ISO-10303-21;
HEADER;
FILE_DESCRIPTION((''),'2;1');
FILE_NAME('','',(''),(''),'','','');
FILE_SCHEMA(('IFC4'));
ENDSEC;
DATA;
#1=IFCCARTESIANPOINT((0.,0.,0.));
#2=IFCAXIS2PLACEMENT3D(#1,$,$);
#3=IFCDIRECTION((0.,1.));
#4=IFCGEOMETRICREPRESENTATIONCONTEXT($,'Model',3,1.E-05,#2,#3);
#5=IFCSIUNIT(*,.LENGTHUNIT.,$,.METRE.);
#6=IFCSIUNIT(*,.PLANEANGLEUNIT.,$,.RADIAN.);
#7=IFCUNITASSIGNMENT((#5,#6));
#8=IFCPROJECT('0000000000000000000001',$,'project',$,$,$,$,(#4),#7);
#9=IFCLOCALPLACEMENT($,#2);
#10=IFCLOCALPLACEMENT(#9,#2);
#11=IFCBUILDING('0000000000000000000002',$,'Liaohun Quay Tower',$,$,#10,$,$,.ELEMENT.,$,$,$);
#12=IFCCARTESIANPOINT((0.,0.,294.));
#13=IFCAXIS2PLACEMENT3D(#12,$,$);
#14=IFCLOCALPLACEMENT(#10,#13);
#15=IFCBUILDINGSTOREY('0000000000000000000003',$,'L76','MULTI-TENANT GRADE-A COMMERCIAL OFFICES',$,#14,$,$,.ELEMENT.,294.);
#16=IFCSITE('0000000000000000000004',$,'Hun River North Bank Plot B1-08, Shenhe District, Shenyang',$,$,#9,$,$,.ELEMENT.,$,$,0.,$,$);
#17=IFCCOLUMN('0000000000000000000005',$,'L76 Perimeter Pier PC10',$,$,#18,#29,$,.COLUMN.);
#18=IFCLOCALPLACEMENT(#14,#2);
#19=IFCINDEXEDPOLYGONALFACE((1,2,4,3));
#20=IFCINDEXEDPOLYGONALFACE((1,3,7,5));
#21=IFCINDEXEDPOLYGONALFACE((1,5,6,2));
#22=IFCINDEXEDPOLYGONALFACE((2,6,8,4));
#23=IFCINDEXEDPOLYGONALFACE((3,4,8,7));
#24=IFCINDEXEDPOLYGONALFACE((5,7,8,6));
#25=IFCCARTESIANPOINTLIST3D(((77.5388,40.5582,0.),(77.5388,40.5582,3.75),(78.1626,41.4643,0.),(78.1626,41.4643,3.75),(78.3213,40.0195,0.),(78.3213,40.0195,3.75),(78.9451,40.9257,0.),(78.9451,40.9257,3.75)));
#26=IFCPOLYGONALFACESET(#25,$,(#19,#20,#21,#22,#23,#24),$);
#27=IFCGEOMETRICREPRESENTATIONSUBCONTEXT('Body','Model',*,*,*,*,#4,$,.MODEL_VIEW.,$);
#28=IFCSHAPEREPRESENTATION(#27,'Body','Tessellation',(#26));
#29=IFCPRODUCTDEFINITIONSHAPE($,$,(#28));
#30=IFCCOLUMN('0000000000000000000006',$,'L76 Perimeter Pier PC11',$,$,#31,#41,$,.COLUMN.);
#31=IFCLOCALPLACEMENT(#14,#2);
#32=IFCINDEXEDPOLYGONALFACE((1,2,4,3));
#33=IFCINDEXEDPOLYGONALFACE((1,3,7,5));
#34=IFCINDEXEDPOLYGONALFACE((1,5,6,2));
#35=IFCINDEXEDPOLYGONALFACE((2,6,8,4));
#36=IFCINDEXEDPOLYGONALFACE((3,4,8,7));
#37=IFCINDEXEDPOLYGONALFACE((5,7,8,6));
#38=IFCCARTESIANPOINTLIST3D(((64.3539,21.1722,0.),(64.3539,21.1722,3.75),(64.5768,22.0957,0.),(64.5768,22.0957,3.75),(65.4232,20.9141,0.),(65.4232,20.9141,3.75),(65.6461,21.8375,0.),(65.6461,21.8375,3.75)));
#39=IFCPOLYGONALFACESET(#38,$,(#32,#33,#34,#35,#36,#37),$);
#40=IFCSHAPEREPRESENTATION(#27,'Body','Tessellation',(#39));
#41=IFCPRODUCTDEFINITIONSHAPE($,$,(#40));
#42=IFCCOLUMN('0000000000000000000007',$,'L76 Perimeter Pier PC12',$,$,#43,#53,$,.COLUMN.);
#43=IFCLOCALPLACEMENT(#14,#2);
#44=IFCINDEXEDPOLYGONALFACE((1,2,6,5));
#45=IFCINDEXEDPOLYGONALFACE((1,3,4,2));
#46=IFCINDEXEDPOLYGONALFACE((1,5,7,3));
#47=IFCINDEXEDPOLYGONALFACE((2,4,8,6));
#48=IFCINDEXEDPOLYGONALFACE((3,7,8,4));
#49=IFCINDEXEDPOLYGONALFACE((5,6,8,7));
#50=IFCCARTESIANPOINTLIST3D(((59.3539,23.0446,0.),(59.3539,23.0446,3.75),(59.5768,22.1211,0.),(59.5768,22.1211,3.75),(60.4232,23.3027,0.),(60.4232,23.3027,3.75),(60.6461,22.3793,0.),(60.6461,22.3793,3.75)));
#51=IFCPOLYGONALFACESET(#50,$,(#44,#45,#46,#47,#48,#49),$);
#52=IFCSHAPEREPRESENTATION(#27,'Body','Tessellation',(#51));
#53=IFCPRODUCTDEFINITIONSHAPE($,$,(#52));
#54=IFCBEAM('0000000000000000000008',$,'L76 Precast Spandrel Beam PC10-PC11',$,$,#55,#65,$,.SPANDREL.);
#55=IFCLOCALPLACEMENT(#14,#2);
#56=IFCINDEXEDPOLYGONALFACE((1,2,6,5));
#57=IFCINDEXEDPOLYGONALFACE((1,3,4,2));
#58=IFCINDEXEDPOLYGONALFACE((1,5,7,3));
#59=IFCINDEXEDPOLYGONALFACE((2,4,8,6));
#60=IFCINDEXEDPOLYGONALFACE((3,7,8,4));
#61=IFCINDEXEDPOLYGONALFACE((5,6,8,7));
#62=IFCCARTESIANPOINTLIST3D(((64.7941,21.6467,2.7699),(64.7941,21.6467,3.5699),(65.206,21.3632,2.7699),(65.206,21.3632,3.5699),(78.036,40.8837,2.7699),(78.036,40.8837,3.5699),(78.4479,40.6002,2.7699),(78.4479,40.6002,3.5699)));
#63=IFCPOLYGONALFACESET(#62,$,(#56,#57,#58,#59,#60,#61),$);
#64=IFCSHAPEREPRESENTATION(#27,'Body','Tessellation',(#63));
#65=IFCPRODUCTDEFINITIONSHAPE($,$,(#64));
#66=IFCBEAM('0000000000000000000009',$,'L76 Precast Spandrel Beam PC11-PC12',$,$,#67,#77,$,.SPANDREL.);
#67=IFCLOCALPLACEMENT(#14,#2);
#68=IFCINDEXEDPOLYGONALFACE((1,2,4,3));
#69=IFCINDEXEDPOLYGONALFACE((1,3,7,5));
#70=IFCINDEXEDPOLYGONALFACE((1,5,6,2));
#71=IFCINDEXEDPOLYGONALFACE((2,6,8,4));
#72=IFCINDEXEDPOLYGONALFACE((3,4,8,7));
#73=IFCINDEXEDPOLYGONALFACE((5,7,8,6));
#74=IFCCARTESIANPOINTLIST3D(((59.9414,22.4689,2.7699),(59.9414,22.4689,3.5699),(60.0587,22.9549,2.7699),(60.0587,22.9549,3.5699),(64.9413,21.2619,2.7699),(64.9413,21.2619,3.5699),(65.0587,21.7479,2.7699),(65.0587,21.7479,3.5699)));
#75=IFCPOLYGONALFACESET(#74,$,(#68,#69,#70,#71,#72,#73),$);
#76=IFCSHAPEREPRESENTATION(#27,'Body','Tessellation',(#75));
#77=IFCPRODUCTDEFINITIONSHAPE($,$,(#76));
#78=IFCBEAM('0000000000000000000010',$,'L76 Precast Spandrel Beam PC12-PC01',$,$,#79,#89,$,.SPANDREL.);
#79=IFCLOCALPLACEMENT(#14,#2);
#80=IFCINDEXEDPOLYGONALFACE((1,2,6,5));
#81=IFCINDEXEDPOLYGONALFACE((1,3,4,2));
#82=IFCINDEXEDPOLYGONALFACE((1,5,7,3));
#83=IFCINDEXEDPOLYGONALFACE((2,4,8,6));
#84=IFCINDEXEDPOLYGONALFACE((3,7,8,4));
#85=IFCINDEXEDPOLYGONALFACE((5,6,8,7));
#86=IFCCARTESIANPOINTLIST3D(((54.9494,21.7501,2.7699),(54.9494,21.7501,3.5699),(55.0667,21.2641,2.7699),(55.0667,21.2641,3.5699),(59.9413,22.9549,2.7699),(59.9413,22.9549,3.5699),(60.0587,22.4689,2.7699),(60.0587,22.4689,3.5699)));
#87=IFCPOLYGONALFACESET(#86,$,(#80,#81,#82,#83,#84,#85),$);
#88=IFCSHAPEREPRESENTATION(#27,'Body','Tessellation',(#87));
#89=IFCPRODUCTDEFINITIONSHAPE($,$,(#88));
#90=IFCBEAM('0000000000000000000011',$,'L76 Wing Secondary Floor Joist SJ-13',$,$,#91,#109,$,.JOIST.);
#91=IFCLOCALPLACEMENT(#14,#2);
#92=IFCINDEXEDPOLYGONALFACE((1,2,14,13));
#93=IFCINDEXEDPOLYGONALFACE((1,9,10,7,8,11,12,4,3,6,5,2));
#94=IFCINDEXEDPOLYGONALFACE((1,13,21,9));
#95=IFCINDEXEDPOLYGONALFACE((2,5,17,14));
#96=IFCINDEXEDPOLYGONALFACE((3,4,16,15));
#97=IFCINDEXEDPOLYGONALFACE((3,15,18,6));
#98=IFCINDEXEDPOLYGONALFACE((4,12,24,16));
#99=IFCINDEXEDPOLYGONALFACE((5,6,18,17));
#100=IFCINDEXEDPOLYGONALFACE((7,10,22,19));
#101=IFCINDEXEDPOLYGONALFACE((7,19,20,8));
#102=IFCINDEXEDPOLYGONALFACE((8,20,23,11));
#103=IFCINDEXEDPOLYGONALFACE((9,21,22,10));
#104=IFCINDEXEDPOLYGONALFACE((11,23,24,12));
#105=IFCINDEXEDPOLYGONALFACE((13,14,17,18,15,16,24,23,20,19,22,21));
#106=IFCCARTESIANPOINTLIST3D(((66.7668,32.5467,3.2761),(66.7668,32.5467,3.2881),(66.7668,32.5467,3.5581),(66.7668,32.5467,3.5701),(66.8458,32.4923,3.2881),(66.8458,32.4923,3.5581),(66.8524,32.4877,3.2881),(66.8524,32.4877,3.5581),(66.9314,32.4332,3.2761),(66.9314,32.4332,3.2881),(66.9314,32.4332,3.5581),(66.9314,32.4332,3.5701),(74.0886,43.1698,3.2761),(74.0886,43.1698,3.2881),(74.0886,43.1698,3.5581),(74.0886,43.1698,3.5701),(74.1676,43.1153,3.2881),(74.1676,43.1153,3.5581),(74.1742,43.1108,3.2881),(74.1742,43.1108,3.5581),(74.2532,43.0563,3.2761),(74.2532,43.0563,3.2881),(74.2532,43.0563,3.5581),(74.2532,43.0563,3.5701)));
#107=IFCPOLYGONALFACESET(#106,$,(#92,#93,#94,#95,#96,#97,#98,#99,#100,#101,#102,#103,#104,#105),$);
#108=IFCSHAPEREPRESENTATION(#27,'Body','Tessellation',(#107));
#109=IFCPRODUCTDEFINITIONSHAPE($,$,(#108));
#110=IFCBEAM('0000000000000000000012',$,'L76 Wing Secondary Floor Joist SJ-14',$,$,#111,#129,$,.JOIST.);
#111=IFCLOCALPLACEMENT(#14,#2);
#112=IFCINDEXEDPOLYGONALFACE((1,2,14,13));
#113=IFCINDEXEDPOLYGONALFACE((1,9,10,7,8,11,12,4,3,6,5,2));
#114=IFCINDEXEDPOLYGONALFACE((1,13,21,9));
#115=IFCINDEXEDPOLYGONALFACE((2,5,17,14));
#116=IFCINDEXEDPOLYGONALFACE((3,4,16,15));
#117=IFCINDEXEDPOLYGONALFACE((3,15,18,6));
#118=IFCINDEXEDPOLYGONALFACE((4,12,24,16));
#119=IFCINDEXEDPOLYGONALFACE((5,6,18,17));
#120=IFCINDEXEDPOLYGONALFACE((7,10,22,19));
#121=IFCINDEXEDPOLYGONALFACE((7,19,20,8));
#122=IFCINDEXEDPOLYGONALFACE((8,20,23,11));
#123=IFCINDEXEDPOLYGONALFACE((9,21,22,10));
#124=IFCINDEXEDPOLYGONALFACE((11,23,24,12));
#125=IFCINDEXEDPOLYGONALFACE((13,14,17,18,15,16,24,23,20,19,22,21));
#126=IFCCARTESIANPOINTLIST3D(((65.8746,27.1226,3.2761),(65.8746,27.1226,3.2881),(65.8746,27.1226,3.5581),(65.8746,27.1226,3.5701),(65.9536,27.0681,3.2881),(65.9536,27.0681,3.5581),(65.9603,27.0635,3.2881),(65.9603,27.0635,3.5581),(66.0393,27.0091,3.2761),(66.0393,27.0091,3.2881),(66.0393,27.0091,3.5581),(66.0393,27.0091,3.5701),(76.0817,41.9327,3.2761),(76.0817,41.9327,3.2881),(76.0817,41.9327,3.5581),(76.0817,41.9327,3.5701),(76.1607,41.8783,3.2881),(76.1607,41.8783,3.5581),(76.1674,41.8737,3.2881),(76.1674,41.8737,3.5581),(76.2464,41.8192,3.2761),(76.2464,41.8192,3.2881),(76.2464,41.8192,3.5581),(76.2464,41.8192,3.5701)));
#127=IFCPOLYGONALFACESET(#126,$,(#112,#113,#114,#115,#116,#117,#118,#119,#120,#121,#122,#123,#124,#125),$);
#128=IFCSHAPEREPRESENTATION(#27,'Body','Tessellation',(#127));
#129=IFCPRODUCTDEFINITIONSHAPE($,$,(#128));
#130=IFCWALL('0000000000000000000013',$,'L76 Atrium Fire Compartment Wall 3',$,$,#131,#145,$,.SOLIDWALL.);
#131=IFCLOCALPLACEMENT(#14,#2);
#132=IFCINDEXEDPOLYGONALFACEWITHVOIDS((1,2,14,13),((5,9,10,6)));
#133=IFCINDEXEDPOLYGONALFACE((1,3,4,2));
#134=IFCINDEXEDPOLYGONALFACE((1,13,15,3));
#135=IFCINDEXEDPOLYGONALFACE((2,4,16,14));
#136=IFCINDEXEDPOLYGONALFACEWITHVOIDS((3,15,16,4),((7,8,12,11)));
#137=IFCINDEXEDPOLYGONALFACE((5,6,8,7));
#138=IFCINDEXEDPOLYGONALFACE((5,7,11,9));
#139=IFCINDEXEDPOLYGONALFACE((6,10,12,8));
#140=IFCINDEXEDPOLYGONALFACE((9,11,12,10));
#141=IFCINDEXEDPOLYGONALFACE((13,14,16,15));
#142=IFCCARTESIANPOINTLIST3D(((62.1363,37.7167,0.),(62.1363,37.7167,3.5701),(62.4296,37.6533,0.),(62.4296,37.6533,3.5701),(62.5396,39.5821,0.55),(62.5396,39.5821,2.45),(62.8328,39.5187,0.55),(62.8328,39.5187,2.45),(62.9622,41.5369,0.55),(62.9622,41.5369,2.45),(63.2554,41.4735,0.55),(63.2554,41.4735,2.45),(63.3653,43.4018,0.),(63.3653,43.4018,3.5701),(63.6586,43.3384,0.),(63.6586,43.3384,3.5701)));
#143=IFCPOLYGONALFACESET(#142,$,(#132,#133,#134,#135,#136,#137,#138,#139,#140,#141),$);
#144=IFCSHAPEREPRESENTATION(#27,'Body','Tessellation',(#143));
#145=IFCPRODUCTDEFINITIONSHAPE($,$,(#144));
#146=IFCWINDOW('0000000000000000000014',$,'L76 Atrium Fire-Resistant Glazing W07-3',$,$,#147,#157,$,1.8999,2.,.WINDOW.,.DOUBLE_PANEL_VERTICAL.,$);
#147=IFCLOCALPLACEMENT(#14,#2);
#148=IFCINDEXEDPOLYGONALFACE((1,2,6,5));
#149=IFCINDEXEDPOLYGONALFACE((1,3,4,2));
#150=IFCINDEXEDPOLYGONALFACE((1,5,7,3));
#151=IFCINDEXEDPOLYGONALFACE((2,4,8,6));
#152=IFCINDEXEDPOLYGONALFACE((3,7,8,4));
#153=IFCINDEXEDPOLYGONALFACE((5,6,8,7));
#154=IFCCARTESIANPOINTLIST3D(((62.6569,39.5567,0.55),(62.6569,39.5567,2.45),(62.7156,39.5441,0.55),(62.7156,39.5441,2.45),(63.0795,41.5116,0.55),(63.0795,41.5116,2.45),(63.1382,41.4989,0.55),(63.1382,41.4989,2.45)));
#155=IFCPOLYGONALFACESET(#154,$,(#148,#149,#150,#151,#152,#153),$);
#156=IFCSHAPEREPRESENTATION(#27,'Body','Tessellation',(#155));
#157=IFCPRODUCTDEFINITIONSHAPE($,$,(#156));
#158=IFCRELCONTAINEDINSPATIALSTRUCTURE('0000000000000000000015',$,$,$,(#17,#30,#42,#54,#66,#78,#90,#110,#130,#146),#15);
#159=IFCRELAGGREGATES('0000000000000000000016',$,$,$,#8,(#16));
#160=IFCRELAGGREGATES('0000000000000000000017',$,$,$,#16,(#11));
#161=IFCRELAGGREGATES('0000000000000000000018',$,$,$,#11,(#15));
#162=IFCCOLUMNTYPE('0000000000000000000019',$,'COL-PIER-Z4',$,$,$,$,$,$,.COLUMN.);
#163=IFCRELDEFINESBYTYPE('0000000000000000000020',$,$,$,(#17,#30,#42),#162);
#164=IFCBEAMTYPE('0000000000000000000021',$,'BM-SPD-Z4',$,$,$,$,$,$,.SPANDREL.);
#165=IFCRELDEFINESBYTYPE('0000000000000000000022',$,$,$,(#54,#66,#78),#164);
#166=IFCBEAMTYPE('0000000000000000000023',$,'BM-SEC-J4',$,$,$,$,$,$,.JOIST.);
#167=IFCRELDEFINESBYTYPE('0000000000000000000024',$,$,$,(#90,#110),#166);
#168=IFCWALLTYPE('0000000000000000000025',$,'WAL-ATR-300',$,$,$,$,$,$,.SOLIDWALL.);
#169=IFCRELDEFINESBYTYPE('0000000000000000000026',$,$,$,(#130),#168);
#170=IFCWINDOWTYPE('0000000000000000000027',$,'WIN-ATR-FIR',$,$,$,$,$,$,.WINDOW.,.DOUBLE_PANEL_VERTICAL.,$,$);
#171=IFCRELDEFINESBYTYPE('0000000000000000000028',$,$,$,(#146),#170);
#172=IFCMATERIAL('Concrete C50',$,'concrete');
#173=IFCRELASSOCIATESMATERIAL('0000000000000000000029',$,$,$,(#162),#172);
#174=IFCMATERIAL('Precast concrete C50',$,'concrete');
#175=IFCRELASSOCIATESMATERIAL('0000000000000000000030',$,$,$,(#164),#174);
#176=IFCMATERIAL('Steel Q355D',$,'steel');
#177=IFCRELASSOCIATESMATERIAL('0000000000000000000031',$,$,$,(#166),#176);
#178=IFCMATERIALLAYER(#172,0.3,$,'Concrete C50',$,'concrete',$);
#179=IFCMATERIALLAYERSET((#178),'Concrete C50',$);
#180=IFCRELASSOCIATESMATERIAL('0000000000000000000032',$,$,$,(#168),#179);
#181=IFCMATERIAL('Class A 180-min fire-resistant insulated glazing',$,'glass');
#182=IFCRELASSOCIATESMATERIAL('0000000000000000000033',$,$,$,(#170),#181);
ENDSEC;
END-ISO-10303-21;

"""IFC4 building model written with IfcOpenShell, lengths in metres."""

from ifc_helpers import new_model, si_unit, direction, frame, frame_2d, origin, origin_2d, place, context, subcontext, project, spatial, rectangle, i_section, extrude, source, transform, mapped, material, layer, layer_set, material_profile, profile_set, type_object, element, fill, save


model = new_model("IFC4")

# Units and contexts
model_context = context("Model", 3, precision=1e-05, world=origin(), true_north=direction((0.0, 1.0)))
body_context = subcontext(model_context, "Body", "Model", "MODEL_VIEW")
ifc_project = project(units=[si_unit("LENGTHUNIT", "METRE"), si_unit("PLANEANGLEUNIT", "RADIAN")], contexts=[model_context])

# Site, building, storey
site_placement = place(None, origin())
site = spatial("IfcSite", under=ifc_project, at=site_placement, Name="Hun River North Bank Plot B1-08, Shenhe District, Shenyang", CompositionType="ELEMENT", RefElevation=0.0)
building_placement = place(site_placement, origin())
building = spatial("IfcBuilding", under=site, at=building_placement, Name="Liaohun Quay Tower", CompositionType="ELEMENT")
storey_placement = place(building_placement, frame((0.0, 0.0, 294.0)))
storey = spatial("IfcBuildingStorey", under=building, at=storey_placement, Name="L76", Description="MULTI-TENANT GRADE-A COMMERCIAL OFFICES", CompositionType="ELEMENT", Elevation=294.0)

# Columns
ifc_material_1 = material(Name="Concrete C50", Category="concrete")
ifc_material_profile_1 = material_profile(ifc_material_1, rectangle(XDim=1.1001, YDim=0.95, at=origin_2d()), Name="RC1100x950")
ifc_profile_set_1 = profile_set([ifc_material_profile_1], Name="Concrete C50")
column_type = type_object("IfcColumnType", Name="COL-PIER-Z4", PredefinedType="COLUMN", material=ifc_profile_set_1)
shared_shape_1 = source(origin(), body_context, "Body", "SweptSolid", [
    extrude(rectangle(XDim=1.1001, YDim=0.95, at=origin_2d()), origin(), (0.0, 0.0, 1.0), 3.75),
])
for number, where, z_axis, x_axis, name in (
    (1, (78.2419, 40.7419, 0.0), (0.0, 0.0, 1.0), (0.566981, 0.823731, 0.0), "L76 Perimeter Pier PC10"),
    (2, (65.0, 21.5049, 0.0), (0.0, 0.0, 1.0), (-0.972084, 0.234633, 0.0), "L76 Perimeter Pier PC11"),
    (3, (60.0, 22.7119, 0.0), (0.0, 0.0, 1.0), (0.972084, 0.234633, 0.0), "L76 Perimeter Pier PC12"),
):
    element("IfcColumn", number, at=place(storey_placement, frame(where, z_axis=z_axis, x_axis=x_axis)), inside=storey, type_object=column_type, Name=name, PredefinedType="COLUMN", context=body_context, shape_type="MappedRepresentation", body=[
        mapped(shared_shape_1, transform((0.0, 0.0, 0.0), x_axis=(1.0, 0.0, 0.0), y_axis=(0.0, 1.0, 0.0), z_axis=(0.0, 0.0, 1.0), scale=1.0)),
    ])

# Beams
ifc_material_2 = material(Name="Precast concrete C50", Category="concrete")
ifc_material_profile_2 = material_profile(ifc_material_2, rectangle(XDim=0.5, YDim=0.8, at=origin_2d()), Name="RC500x800")
ifc_profile_set_2 = profile_set([ifc_material_profile_2], Name="Precast concrete C50")
beam_type_1 = type_object("IfcBeamType", Name="BM-SPD-Z4", PredefinedType="SPANDREL", material=ifc_profile_set_2)
shared_shape_2 = source(origin(), body_context, "Body", "SweptSolid", [
    extrude(rectangle(XDim=0.5, YDim=0.8, at=origin_2d()), origin(), (0.0, 0.0, 1.0), 23.354),
])
beam_1_placement = place(storey_placement, frame((78.2419, 40.7419, 3.1699), z_axis=(-0.567007, -0.823713, 0.0), x_axis=(0.823713, -0.567007, 0.0)))
element("IfcBeam", 4, at=beam_1_placement, inside=storey, type_object=beam_type_1, Name="L76 Precast Spandrel Beam PC10-PC11", PredefinedType="SPANDREL", context=body_context, shape_type="MappedRepresentation", body=[
    mapped(shared_shape_2, transform((0.0, 0.0, 0.0), x_axis=(1.0, 0.0, 0.0), y_axis=(0.0, 1.0, 0.0), z_axis=(0.0, 0.0, 1.0), scale=1.0)),
])
shared_shape_3 = source(origin(), body_context, "Body", "SweptSolid", [
    extrude(rectangle(XDim=0.5, YDim=0.8, at=origin_2d()), origin(), (0.0, 0.0, 1.0), 5.1436),
])
beam_2_placement = place(storey_placement, frame((65.0, 21.5049, 3.1699), z_axis=(-0.972076, 0.234665, 0.0), x_axis=(-0.234665, -0.972076, 0.0)))
element("IfcBeam", 5, at=beam_2_placement, inside=storey, type_object=beam_type_1, Name="L76 Precast Spandrel Beam PC11-PC12", PredefinedType="SPANDREL", context=body_context, shape_type="MappedRepresentation", body=[
    mapped(shared_shape_3, transform((0.0, 0.0, 0.0), x_axis=(1.0, 0.0, 0.0), y_axis=(0.0, 1.0, 0.0), z_axis=(0.0, 0.0, 1.0), scale=1.0)),
])
shared_shape_4 = source(origin(), body_context, "Body", "SweptSolid", [
    extrude(rectangle(XDim=0.5, YDim=0.8, at=origin_2d()), origin(), (0.0, 0.0, 1.0), 5.1353),
])
beam_3_placement = place(storey_placement, frame((60.0, 22.7119, 3.1699), z_axis=(-0.972087, -0.234619, 0.0), x_axis=(0.234619, -0.972087, 0.0)))
element("IfcBeam", 6, at=beam_3_placement, inside=storey, type_object=beam_type_1, Name="L76 Precast Spandrel Beam PC12-PC01", PredefinedType="SPANDREL", context=body_context, shape_type="MappedRepresentation", body=[
    mapped(shared_shape_4, transform((0.0, 0.0, 0.0), x_axis=(1.0, 0.0, 0.0), y_axis=(0.0, 1.0, 0.0), z_axis=(0.0, 0.0, 1.0), scale=1.0)),
])
ifc_material_3 = material(Name="Steel Q355D", Category="steel")
ifc_material_profile_3 = material_profile(ifc_material_3, i_section(OverallWidth=0.2, OverallDepth=0.2939, WebThickness=0.0081, FlangeThickness=0.012, at=origin_2d()), Name="HM294x200x8x12")
ifc_profile_set_3 = profile_set([ifc_material_profile_3], Name="Steel Q355D")
beam_type_2 = type_object("IfcBeamType", Name="BM-SEC-J4", PredefinedType="JOIST", material=ifc_profile_set_3)
shared_shape_5 = source(origin(), body_context, "Body", "SweptSolid", [
    extrude(i_section(OverallWidth=0.2, OverallDepth=0.2939, WebThickness=0.0081, FlangeThickness=0.012, at=origin_2d()), origin(), (0.0, 0.0, 1.0), 12.9019),
])
beam_4_placement = place(storey_placement, frame((74.1709, 43.113, 3.4231), z_axis=(-0.567499, -0.823374, 0.0), x_axis=(0.823374, -0.567499, 0.0)))
element("IfcBeam", 7, at=beam_4_placement, inside=storey, type_object=beam_type_2, Name="L76 Wing Secondary Floor Joist SJ-13", PredefinedType="JOIST", context=body_context, shape_type="MappedRepresentation", body=[
    mapped(shared_shape_5, transform((0.0, 0.0, 0.0), x_axis=(1.0, 0.0, 0.0), y_axis=(0.0, 1.0, 0.0), z_axis=(0.0, 0.0, 1.0), scale=1.0)),
])
shared_shape_6 = source(origin(), body_context, "Body", "SweptSolid", [
    extrude(i_section(OverallWidth=0.2, OverallDepth=0.2939, WebThickness=0.0081, FlangeThickness=0.012, at=origin_2d()), origin(), (0.0, 0.0, 1.0), 17.9868),
])
beam_5_placement = place(storey_placement, frame((76.1641, 41.876, 3.4231), z_axis=(-0.567477, -0.823389, 0.0), x_axis=(0.823389, -0.567477, 0.0)))
element("IfcBeam", 8, at=beam_5_placement, inside=storey, type_object=beam_type_2, Name="L76 Wing Secondary Floor Joist SJ-14", PredefinedType="JOIST", context=body_context, shape_type="MappedRepresentation", body=[
    mapped(shared_shape_6, transform((0.0, 0.0, 0.0), x_axis=(1.0, 0.0, 0.0), y_axis=(0.0, 1.0, 0.0), z_axis=(0.0, 0.0, 1.0), scale=1.0)),
])

# Wall, opening, window
ifc_layer_1 = layer(ifc_material_1, 0.3, Name="Concrete C50", Category="concrete")
ifc_layer_set_1 = layer_set([ifc_layer_1], Name="Concrete C50")
wall_type_1 = type_object("IfcWallType", Name="WAL-ATR-300", PredefinedType="SOLIDWALL", material=ifc_layer_set_1)
wall_1_placement = place(storey_placement, frame((63.512, 43.3701, 0.0), z_axis=(0.0, 0.0, 1.0), x_axis=(-0.2113, -0.977421, 0.0)))
wall_1 = element("IfcWall", 9, at=wall_1_placement, inside=storey, type_object=wall_type_1, Name="L76 Atrium Fire Compartment Wall 3", PredefinedType="SOLIDWALL", context=body_context, shape_type="SweptSolid", body=[
    extrude(rectangle(XDim=5.8164, YDim=0.3, at=frame_2d((2.9082, 0.0))), origin(), (0.0, 0.0, 1.0), 3.5701),
])
shared_shape_7 = source(origin(), body_context, "Body", "SweptSolid", [
    extrude(rectangle(XDim=2.0, YDim=1.8999, at=frame_2d((1.0, 0.95))), frame((0.0, 0.1599, 0.0), z_axis=(0.0, -1.0, 0.0), x_axis=(1.0, 0.0, 0.0)), (0.0, 0.0, 1.0), 0.3201),
])
opening_1_placement = place(wall_1_placement, frame((1.908, 0.0, 0.55)))
opening_1 = element("IfcOpeningElement", 10, at=opening_1_placement, cuts=wall_1, PredefinedType="OPENING", context=body_context, shape_type="MappedRepresentation", body=[
    mapped(shared_shape_7, transform((0.0, 0.0, 0.0), x_axis=(1.0, 0.0, 0.0), y_axis=(0.0, 1.0, 0.0), z_axis=(0.0, 0.0, 1.0), scale=1.0)),
])
ifc_material_4 = material(Name="Class A 180-min fire-resistant insulated glazing", Category="glass")
window_type_1 = type_object("IfcWindowType", Name="WIN-ATR-FIR", PartitioningType="DOUBLE_PANEL_VERTICAL", PredefinedType="WINDOW", material=ifc_material_4)
shared_shape_8 = source(origin(), body_context, "Body", "SweptSolid", [
    extrude(rectangle(XDim=2.0, YDim=1.8999, at=frame_2d((1.0, 0.95))), frame((0.0, 0.03, 0.0), z_axis=(0.0, -1.0, 0.0), x_axis=(1.0, 0.0, 0.0)), (0.0, 0.0, 1.0), 0.0601),
])
window_1_placement = place(opening_1_placement, origin())
window_1 = element("IfcWindow", 11, at=window_1_placement, inside=storey, type_object=window_type_1, Name="L76 Atrium Fire-Resistant Glazing W07-3", OverallHeight=1.8999, OverallWidth=2.0, PartitioningType="DOUBLE_PANEL_VERTICAL", PredefinedType="WINDOW", context=body_context, shape_type="MappedRepresentation", body=[
    mapped(shared_shape_8, transform((0.0, 0.0, 0.0), x_axis=(1.0, 0.0, 0.0), y_axis=(0.0, 1.0, 0.0), z_axis=(0.0, 0.0, 1.0), scale=1.0)),
])
fill(opening_1, window_1)

save(model, "model.ifc")
